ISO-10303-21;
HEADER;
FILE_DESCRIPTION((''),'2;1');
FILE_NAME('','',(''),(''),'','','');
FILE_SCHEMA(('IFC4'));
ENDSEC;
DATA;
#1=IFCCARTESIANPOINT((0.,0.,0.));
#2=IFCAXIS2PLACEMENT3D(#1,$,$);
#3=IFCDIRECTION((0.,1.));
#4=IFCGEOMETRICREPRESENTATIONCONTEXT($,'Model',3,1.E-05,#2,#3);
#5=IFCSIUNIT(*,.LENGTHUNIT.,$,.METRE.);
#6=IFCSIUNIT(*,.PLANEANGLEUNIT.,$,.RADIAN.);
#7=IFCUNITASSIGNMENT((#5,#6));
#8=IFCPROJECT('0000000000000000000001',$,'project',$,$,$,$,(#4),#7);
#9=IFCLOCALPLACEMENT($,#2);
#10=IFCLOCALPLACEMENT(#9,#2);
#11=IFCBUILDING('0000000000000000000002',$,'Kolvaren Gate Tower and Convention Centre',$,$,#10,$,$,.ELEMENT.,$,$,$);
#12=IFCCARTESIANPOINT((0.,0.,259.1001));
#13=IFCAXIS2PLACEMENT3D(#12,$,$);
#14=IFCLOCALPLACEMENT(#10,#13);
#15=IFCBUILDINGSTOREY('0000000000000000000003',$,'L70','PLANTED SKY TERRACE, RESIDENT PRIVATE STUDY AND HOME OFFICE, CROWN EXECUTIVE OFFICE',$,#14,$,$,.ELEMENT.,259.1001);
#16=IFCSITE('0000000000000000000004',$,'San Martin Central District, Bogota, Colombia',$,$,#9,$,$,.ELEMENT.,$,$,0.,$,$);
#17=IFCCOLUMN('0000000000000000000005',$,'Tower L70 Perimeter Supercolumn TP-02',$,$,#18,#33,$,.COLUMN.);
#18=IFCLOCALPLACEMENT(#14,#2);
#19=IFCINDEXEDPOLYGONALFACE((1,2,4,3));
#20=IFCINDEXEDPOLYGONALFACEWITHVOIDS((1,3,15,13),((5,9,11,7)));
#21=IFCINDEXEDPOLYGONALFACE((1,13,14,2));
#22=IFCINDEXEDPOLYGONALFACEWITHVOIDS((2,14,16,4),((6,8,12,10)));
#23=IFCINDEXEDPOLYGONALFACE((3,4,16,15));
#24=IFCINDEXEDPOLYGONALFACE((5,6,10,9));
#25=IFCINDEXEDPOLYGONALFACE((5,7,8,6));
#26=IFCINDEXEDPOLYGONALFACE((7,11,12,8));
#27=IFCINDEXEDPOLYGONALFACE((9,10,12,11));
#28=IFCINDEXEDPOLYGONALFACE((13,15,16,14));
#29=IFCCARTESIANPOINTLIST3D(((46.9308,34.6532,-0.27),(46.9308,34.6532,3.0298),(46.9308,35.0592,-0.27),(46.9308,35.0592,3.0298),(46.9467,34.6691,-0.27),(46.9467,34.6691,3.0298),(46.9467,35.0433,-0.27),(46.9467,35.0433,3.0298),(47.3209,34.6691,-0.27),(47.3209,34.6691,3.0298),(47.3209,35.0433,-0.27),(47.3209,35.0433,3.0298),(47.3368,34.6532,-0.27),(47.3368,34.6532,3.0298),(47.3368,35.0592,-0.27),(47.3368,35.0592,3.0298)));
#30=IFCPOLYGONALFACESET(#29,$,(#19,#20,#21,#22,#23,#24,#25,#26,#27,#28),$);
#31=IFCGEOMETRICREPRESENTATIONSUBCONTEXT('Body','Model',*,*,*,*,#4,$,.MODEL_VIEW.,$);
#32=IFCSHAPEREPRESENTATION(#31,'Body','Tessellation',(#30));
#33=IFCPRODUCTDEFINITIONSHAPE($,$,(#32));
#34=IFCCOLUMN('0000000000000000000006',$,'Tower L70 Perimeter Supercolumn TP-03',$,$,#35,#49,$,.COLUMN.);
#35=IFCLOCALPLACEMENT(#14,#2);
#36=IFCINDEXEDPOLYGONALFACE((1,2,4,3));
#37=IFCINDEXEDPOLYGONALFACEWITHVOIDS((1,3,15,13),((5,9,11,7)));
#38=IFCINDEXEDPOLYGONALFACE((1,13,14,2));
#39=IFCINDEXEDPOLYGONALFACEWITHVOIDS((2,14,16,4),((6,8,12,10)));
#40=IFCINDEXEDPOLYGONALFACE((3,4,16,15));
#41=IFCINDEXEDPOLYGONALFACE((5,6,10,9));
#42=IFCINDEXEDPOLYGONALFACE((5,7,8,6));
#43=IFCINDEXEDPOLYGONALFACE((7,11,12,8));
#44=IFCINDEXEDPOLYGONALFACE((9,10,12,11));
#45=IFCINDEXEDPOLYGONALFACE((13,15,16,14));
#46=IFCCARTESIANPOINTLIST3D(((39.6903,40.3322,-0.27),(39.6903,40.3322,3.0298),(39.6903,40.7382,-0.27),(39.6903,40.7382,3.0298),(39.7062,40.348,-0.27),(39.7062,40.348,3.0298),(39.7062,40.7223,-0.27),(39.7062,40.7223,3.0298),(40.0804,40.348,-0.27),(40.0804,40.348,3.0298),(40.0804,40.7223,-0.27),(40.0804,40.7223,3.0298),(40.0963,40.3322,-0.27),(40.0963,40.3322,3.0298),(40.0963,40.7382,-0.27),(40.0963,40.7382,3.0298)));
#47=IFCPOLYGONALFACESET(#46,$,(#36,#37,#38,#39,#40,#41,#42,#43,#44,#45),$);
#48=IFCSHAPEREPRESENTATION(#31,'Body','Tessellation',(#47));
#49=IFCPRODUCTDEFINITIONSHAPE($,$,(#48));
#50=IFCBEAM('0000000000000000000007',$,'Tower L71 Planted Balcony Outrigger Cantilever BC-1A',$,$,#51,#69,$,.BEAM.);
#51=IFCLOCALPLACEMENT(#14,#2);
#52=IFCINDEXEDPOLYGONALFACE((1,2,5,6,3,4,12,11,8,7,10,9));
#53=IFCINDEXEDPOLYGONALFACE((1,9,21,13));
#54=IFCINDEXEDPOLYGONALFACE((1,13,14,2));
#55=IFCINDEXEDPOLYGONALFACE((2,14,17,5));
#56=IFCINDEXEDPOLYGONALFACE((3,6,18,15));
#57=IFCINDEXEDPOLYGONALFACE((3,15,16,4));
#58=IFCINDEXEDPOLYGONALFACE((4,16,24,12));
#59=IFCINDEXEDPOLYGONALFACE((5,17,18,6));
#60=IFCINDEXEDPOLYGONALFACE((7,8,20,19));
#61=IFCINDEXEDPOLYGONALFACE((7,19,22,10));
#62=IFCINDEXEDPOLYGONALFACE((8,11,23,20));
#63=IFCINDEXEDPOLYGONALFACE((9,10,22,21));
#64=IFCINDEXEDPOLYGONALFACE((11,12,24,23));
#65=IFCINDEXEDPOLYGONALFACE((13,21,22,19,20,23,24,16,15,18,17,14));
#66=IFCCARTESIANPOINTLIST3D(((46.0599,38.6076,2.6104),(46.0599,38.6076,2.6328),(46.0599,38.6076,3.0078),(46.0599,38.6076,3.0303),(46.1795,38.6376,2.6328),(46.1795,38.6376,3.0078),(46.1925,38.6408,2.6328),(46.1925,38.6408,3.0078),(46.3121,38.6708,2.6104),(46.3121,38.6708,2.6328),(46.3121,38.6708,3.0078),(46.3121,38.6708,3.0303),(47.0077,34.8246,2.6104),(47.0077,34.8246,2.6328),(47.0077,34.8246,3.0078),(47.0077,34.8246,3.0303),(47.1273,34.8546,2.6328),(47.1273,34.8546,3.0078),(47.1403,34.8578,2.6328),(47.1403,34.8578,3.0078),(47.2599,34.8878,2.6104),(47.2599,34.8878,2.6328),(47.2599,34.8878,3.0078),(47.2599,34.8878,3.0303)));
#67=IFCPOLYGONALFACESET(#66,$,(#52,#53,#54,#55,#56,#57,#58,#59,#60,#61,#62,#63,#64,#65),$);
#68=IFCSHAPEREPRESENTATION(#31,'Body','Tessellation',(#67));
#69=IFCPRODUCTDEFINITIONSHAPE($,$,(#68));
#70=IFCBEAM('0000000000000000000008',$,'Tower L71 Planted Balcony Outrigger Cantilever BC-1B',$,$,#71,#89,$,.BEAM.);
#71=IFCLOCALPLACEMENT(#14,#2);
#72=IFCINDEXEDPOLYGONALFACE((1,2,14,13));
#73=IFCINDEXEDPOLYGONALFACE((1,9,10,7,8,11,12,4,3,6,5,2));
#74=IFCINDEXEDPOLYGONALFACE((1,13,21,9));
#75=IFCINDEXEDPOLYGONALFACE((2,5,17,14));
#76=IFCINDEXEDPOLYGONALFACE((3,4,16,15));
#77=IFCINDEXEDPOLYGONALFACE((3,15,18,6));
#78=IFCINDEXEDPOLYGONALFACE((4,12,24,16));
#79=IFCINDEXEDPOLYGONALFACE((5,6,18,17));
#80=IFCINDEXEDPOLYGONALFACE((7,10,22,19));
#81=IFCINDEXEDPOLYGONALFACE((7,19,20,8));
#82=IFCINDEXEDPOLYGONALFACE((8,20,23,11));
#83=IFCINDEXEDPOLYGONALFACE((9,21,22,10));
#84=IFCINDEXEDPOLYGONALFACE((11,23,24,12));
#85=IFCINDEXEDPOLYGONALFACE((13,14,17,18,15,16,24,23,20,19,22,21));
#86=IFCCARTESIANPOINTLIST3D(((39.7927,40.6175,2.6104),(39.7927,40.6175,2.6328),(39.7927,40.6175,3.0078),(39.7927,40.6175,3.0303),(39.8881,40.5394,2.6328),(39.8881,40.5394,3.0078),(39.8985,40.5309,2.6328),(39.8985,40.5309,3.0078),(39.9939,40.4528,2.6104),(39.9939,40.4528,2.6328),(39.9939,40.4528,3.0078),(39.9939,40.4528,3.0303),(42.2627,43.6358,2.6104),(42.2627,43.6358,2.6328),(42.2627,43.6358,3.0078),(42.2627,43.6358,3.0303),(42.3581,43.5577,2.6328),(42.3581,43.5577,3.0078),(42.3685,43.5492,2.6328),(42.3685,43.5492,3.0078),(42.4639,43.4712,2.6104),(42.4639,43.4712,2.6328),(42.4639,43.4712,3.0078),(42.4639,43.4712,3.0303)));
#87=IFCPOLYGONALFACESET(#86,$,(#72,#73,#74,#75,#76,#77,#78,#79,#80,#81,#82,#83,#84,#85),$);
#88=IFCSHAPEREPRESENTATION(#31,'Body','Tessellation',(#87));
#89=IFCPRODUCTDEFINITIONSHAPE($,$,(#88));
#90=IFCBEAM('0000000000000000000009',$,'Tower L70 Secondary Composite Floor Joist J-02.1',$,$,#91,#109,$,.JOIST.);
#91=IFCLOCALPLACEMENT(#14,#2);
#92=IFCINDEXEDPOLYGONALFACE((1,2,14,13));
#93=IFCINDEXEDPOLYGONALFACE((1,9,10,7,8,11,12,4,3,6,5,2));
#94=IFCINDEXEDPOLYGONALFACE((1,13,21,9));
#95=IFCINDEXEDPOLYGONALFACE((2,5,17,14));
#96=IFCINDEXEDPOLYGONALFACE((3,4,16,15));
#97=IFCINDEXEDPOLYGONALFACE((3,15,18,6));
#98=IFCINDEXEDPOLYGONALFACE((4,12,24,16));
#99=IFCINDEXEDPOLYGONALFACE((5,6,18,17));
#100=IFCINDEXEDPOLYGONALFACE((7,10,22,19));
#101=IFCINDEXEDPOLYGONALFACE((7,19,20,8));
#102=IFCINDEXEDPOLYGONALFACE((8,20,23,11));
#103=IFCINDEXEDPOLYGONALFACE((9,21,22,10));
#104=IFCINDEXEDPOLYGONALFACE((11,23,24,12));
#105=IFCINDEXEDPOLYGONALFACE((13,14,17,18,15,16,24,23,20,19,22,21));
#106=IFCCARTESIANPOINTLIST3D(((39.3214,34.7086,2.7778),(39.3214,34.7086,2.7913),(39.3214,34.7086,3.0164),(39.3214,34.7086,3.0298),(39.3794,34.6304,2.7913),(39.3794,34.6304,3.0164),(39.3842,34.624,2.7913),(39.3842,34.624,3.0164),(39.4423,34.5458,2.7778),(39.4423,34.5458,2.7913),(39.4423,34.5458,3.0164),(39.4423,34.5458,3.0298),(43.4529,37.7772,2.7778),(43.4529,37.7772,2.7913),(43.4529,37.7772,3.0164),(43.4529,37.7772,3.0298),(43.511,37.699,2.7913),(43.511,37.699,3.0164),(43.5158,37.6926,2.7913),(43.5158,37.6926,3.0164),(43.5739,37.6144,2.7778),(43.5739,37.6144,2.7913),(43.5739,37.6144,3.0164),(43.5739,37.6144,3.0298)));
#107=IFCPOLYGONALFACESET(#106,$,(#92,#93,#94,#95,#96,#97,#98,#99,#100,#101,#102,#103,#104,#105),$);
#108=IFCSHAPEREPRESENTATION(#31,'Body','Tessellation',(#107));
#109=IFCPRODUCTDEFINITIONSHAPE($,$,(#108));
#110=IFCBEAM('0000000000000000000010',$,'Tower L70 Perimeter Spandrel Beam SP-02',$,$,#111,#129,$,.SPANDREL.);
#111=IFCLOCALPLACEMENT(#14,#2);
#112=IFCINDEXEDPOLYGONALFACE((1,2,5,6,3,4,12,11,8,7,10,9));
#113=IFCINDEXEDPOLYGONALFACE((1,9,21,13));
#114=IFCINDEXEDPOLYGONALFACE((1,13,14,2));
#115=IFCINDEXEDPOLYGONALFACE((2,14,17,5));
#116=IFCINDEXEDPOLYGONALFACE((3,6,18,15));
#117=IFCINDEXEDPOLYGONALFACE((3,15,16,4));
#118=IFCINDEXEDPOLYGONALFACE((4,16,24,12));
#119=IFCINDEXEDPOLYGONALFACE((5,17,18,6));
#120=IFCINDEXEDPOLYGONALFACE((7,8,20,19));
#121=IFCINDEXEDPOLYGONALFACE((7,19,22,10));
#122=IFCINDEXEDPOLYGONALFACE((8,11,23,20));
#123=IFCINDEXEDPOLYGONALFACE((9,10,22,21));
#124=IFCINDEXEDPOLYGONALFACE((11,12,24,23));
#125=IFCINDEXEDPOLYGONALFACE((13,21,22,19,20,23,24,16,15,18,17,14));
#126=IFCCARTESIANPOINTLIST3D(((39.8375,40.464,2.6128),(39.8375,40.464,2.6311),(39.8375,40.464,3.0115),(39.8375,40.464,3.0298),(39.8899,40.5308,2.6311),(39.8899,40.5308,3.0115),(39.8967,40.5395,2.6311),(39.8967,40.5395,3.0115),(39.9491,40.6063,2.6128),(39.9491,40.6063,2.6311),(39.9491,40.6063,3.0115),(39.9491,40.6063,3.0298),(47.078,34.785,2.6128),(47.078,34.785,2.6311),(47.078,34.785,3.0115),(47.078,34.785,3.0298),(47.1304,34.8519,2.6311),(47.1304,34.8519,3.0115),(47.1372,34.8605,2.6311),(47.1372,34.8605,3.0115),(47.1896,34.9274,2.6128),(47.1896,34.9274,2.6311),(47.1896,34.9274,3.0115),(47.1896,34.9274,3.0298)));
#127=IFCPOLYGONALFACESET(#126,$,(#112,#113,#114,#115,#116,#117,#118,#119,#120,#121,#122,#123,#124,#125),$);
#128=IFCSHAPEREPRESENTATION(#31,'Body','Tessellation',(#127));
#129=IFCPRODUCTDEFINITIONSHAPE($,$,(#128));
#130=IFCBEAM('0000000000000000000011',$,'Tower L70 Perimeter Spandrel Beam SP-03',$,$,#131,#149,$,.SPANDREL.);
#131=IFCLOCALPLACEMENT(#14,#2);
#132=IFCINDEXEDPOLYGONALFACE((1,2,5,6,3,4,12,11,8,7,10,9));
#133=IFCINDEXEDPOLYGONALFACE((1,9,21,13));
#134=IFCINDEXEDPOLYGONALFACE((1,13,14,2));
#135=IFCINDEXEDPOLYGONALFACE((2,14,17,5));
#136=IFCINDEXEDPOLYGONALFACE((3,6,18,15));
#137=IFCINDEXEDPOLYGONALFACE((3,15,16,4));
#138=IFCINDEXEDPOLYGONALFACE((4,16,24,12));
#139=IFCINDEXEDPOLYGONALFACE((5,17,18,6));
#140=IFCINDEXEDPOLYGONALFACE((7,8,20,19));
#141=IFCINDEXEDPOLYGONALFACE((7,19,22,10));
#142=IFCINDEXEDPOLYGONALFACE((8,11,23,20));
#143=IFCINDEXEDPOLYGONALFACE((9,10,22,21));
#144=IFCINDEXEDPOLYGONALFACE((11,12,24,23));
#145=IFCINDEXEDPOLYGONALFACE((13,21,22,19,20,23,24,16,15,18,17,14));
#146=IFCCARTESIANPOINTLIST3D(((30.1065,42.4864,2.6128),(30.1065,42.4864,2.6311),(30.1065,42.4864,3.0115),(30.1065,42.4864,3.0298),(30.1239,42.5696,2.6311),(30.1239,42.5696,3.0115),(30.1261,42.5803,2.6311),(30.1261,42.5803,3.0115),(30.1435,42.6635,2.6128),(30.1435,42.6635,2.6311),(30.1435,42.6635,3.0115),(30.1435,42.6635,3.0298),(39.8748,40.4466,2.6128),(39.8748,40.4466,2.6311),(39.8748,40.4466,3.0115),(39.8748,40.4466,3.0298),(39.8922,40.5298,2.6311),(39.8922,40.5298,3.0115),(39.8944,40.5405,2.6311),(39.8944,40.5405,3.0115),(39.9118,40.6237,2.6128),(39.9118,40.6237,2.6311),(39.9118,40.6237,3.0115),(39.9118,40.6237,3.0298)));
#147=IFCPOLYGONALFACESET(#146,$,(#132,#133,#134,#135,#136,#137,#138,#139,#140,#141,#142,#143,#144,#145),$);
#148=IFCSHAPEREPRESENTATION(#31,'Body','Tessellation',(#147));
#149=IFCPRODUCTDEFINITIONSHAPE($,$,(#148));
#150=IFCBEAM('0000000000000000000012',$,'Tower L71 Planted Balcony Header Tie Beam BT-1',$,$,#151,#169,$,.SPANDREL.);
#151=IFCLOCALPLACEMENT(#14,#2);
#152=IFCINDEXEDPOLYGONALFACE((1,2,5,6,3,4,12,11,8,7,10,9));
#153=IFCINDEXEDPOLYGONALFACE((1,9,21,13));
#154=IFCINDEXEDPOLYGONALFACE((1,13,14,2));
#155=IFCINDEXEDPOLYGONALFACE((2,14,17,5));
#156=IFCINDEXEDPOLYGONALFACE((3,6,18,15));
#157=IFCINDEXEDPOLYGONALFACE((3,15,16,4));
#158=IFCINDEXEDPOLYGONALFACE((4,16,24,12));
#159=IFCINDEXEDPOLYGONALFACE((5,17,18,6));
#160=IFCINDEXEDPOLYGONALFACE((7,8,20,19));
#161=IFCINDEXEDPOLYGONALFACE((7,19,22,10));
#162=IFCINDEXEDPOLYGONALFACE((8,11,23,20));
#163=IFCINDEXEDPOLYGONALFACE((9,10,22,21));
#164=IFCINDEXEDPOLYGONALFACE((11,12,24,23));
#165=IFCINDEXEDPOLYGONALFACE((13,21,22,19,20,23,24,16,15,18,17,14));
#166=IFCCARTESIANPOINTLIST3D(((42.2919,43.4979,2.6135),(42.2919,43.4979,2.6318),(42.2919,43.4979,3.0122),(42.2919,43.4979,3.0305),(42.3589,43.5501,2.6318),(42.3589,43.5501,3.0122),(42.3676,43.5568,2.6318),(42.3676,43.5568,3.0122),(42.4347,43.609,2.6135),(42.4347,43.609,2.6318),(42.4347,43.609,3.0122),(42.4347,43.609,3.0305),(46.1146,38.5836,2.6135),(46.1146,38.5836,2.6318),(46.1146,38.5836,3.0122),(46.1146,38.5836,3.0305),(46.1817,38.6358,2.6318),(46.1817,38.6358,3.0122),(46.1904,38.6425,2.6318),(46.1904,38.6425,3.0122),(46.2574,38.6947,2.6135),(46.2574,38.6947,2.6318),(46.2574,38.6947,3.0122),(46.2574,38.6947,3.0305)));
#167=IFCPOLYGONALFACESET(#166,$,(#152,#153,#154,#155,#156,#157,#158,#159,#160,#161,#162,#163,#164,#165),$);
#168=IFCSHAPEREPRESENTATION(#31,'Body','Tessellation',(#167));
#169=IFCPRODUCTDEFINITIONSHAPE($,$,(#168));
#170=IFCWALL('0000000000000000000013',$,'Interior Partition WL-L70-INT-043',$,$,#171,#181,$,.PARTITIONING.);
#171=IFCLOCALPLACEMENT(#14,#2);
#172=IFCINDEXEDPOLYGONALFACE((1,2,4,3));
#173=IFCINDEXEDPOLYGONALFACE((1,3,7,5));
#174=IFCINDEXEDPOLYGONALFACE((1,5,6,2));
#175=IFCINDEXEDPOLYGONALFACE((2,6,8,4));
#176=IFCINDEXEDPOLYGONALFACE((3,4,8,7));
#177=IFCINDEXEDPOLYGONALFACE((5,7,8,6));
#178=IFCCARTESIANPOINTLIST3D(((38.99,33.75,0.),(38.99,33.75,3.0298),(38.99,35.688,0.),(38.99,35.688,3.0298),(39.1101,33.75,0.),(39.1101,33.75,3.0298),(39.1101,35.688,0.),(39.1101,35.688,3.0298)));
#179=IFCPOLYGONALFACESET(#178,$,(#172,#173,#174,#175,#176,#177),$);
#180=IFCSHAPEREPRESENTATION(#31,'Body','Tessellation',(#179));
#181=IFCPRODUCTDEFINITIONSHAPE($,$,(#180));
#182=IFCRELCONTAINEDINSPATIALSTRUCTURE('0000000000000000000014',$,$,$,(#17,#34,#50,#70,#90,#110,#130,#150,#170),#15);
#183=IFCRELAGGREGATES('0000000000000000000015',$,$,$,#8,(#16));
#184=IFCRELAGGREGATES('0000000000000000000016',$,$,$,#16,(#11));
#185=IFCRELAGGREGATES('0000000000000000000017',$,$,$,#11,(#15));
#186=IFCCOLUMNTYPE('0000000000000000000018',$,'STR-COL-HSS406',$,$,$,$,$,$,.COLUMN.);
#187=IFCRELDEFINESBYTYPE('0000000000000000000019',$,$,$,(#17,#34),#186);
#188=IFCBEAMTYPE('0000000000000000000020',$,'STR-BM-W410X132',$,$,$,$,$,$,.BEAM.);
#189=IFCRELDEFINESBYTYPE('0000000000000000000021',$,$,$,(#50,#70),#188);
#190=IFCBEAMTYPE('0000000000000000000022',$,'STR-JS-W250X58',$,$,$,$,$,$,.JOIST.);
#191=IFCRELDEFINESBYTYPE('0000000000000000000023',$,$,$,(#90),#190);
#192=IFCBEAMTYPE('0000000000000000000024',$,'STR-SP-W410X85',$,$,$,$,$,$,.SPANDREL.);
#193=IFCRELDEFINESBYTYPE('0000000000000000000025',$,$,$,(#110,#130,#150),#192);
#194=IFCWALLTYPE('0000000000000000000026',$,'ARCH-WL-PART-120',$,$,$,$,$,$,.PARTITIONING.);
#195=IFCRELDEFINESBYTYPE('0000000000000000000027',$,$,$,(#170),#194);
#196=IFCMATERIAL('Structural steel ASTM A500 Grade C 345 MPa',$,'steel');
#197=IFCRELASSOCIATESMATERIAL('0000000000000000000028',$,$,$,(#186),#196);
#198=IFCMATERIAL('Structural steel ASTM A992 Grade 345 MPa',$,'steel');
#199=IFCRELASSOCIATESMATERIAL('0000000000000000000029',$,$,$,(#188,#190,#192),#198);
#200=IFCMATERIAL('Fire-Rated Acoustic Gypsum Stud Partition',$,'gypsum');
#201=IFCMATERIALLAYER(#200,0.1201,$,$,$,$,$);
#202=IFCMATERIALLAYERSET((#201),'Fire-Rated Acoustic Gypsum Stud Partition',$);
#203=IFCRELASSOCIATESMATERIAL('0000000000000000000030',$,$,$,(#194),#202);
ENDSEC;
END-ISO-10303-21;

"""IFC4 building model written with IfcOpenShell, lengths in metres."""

from ifc_helpers import new_model, si_unit, direction, frame, frame_2d, origin, origin_2d, place, context, subcontext, project, spatial, rectangle, hollow_rectangle, i_section, extrude, material, layer, layer_set, material_profile, profile_set, type_object, element, save


model = new_model("IFC4")

# Units and contexts
model_context = context("Model", 3, precision=1e-05, world=origin(), true_north=direction((0.0, 1.0)))
body_context = subcontext(model_context, "Body", "Model", "MODEL_VIEW")
ifc_project = project(units=[si_unit("LENGTHUNIT", "METRE"), si_unit("PLANEANGLEUNIT", "RADIAN")], contexts=[model_context])

# Site, building, storey
site_placement = place(None, origin())
site = spatial("IfcSite", under=ifc_project, at=site_placement, Name="San Martin Central District, Bogota, Colombia", CompositionType="ELEMENT", RefElevation=0.0)
building_placement = place(site_placement, origin())
building = spatial("IfcBuilding", under=site, at=building_placement, Name="Kolvaren Gate Tower and Convention Centre", CompositionType="ELEMENT")
storey_placement = place(building_placement, frame((0.0, 0.0, 259.1001)))
storey = spatial("IfcBuildingStorey", under=building, at=storey_placement, Name="L70", Description="PLANTED SKY TERRACE, RESIDENT PRIVATE STUDY AND HOME OFFICE, CROWN EXECUTIVE OFFICE", CompositionType="ELEMENT", Elevation=259.1001)

# Columns
ifc_material_1 = material(Name="Structural steel ASTM A500 Grade C 345 MPa", Category="steel")
ifc_material_profile_1 = material_profile(ifc_material_1, hollow_rectangle(XDim=0.406, YDim=0.406, WallThickness=0.0159, at=origin_2d()), Name="HSS406X406X15.9")
ifc_profile_set_1 = profile_set([ifc_material_profile_1], Name="Structural steel ASTM A500 Grade C 345 MPa")
column_type = type_object("IfcColumnType", Name="STR-COL-HSS406", PredefinedType="COLUMN", material=ifc_profile_set_1)
for number, where, z_axis, x_axis, name in (
    (1, (47.1338, 34.8562, -0.27), (0.0, 0.0, 1.0), (1.0, 0.0, 0.0), "Tower L70 Perimeter Supercolumn TP-02"),
    (2, (39.8933, 40.5352, -0.27), (0.0, 0.0, 1.0), (1.0, 0.0, 0.0), "Tower L70 Perimeter Supercolumn TP-03"),
):
    element("IfcColumn", number, at=place(storey_placement, frame(where, z_axis=z_axis, x_axis=x_axis)), inside=storey, type_object=column_type, Name=name, PredefinedType="COLUMN", context=body_context, shape_type="SweptSolid", body=[
        extrude(hollow_rectangle(XDim=0.406, YDim=0.406, WallThickness=0.0159, at=origin_2d()), origin(), (0.0, 0.0, 1.0), 3.2998),
    ])

# Beams
ifc_material_2 = material(Name="Structural steel ASTM A992 Grade 345 MPa", Category="steel")
ifc_material_profile_2 = material_profile(ifc_material_2, i_section(OverallWidth=0.26, OverallDepth=0.4199, WebThickness=0.0134, FlangeThickness=0.0225, at=origin_2d()), Name="W410X132")
ifc_profile_set_2 = profile_set([ifc_material_profile_2], Name="Structural steel ASTM A992 Grade 345 MPa")
beam_type_1 = type_object("IfcBeamType", Name="STR-BM-W410X132", PredefinedType="BEAM", material=ifc_profile_set_2)
beam_1_placement = place(storey_placement, frame((47.1338, 34.8562, 2.8203), z_axis=(-0.243022, 0.970021, 0.0), x_axis=(-0.970021, -0.243022, 0.0)))
element("IfcBeam", 3, at=beam_1_placement, inside=storey, type_object=beam_type_1, Name="Tower L71 Planted Balcony Outrigger Cantilever BC-1A", PredefinedType="BEAM", context=body_context, shape_type="SweptSolid", body=[
    extrude(i_section(OverallWidth=0.26, OverallDepth=0.4199, WebThickness=0.0134, FlangeThickness=0.0225, at=origin_2d()), origin(), (0.0, 0.0, 1.0), 3.8999),
])
beam_2_placement = place(storey_placement, frame((39.8933, 40.5352, 2.8203), z_axis=(0.633306, 0.773902, 0.0), x_axis=(-0.773902, 0.633306, 0.0)))
element("IfcBeam", 4, at=beam_2_placement, inside=storey, type_object=beam_type_1, Name="Tower L71 Planted Balcony Outrigger Cantilever BC-1B", PredefinedType="BEAM", context=body_context, shape_type="SweptSolid", body=[
    extrude(i_section(OverallWidth=0.26, OverallDepth=0.4199, WebThickness=0.0134, FlangeThickness=0.0225, at=origin_2d()), origin(), (0.0, 0.0, 1.0), 3.9001),
])
ifc_material_profile_3 = material_profile(ifc_material_2, i_section(OverallWidth=0.2029, OverallDepth=0.252, WebThickness=0.0081, FlangeThickness=0.0134, at=origin_2d()), Name="W250X58")
ifc_profile_set_3 = profile_set([ifc_material_profile_3], Name="Structural steel ASTM A992 Grade 345 MPa")
beam_type_2 = type_object("IfcBeamType", Name="STR-JS-W250X58", PredefinedType="JOIST", material=ifc_profile_set_3)
beam_3_placement = place(storey_placement, frame((39.3818, 34.6272, 2.9038), z_axis=(0.802798, 0.596252, 0.0), x_axis=(-0.596252, 0.802798, 0.0)))
element("IfcBeam", 5, at=beam_3_placement, inside=storey, type_object=beam_type_2, Name="Tower L70 Secondary Composite Floor Joist J-02.1", PredefinedType="JOIST", context=body_context, shape_type="SweptSolid", body=[
    extrude(i_section(OverallWidth=0.2029, OverallDepth=0.252, WebThickness=0.0081, FlangeThickness=0.0134, at=origin_2d()), origin(), (0.0, 0.0, 1.0), 5.1465),
])
ifc_material_profile_4 = material_profile(ifc_material_2, i_section(OverallWidth=0.1809, OverallDepth=0.417, WebThickness=0.011, FlangeThickness=0.0183, at=origin_2d()), Name="W410X85")
ifc_profile_set_4 = profile_set([ifc_material_profile_4], Name="Structural steel ASTM A992 Grade 345 MPa")
beam_type_3 = type_object("IfcBeamType", Name="STR-SP-W410X85", PredefinedType="SPANDREL", material=ifc_profile_set_4)
beam_4_placement = place(storey_placement, frame((47.1338, 34.8562, 2.8213), z_axis=(-0.786846, 0.61715, 0.0), x_axis=(-0.61715, -0.786846, 0.0)))
element("IfcBeam", 6, at=beam_4_placement, inside=storey, type_object=beam_type_3, Name="Tower L70 Perimeter Spandrel Beam SP-02", PredefinedType="SPANDREL", context=body_context, shape_type="SweptSolid", body=[
    extrude(i_section(OverallWidth=0.1809, OverallDepth=0.417, WebThickness=0.011, FlangeThickness=0.0183, at=origin_2d()), origin(), (0.0, 0.0, 1.0), 9.2019),
])
beam_5_placement = place(storey_placement, frame((39.8933, 40.5352, 2.8213), z_axis=(-0.978886, 0.204409, 0.0), x_axis=(-0.204409, -0.978886, 0.0)))
element("IfcBeam", 7, at=beam_5_placement, inside=storey, type_object=beam_type_3, Name="Tower L70 Perimeter Spandrel Beam SP-03", PredefinedType="SPANDREL", context=body_context, shape_type="SweptSolid", body=[
    extrude(i_section(OverallWidth=0.1809, OverallDepth=0.417, WebThickness=0.011, FlangeThickness=0.0183, at=origin_2d()), origin(), (0.0, 0.0, 1.0), 9.979),
])
beam_6_placement = place(storey_placement, frame((46.186, 38.6392, 2.822), z_axis=(-0.613992, 0.789312, 0.0), x_axis=(-0.789312, -0.613992, 0.0)))
element("IfcBeam", 8, at=beam_6_placement, inside=storey, type_object=beam_type_3, Name="Tower L71 Planted Balcony Header Tie Beam BT-1", PredefinedType="SPANDREL", context=body_context, shape_type="SweptSolid", body=[
    extrude(i_section(OverallWidth=0.1809, OverallDepth=0.417, WebThickness=0.011, FlangeThickness=0.0183, at=origin_2d()), origin(), (0.0, 0.0, 1.0), 6.2261),
])

# Wall
ifc_material_3 = material(Name="Fire-Rated Acoustic Gypsum Stud Partition", Category="gypsum")
ifc_layer_1 = layer(ifc_material_3, 0.1201)
ifc_layer_set_1 = layer_set([ifc_layer_1], Name="Fire-Rated Acoustic Gypsum Stud Partition")
wall_type_1 = type_object("IfcWallType", Name="ARCH-WL-PART-120", PredefinedType="PARTITIONING", material=ifc_layer_set_1)
wall_1_placement = place(storey_placement, frame((39.05, 33.75, 0.0), z_axis=(0.0, 0.0, 1.0), x_axis=(0.0, 1.0, 0.0)))
element("IfcWall", 9, at=wall_1_placement, inside=storey, type_object=wall_type_1, Name="Interior Partition WL-L70-INT-043", PredefinedType="PARTITIONING", context=body_context, shape_type="SweptSolid", body=[
    extrude(rectangle(XDim=1.938, YDim=0.1201, at=frame_2d((0.969, 0.0))), origin(), (0.0, 0.0, 1.0), 3.0298),
])

save(model, "model.ifc")
